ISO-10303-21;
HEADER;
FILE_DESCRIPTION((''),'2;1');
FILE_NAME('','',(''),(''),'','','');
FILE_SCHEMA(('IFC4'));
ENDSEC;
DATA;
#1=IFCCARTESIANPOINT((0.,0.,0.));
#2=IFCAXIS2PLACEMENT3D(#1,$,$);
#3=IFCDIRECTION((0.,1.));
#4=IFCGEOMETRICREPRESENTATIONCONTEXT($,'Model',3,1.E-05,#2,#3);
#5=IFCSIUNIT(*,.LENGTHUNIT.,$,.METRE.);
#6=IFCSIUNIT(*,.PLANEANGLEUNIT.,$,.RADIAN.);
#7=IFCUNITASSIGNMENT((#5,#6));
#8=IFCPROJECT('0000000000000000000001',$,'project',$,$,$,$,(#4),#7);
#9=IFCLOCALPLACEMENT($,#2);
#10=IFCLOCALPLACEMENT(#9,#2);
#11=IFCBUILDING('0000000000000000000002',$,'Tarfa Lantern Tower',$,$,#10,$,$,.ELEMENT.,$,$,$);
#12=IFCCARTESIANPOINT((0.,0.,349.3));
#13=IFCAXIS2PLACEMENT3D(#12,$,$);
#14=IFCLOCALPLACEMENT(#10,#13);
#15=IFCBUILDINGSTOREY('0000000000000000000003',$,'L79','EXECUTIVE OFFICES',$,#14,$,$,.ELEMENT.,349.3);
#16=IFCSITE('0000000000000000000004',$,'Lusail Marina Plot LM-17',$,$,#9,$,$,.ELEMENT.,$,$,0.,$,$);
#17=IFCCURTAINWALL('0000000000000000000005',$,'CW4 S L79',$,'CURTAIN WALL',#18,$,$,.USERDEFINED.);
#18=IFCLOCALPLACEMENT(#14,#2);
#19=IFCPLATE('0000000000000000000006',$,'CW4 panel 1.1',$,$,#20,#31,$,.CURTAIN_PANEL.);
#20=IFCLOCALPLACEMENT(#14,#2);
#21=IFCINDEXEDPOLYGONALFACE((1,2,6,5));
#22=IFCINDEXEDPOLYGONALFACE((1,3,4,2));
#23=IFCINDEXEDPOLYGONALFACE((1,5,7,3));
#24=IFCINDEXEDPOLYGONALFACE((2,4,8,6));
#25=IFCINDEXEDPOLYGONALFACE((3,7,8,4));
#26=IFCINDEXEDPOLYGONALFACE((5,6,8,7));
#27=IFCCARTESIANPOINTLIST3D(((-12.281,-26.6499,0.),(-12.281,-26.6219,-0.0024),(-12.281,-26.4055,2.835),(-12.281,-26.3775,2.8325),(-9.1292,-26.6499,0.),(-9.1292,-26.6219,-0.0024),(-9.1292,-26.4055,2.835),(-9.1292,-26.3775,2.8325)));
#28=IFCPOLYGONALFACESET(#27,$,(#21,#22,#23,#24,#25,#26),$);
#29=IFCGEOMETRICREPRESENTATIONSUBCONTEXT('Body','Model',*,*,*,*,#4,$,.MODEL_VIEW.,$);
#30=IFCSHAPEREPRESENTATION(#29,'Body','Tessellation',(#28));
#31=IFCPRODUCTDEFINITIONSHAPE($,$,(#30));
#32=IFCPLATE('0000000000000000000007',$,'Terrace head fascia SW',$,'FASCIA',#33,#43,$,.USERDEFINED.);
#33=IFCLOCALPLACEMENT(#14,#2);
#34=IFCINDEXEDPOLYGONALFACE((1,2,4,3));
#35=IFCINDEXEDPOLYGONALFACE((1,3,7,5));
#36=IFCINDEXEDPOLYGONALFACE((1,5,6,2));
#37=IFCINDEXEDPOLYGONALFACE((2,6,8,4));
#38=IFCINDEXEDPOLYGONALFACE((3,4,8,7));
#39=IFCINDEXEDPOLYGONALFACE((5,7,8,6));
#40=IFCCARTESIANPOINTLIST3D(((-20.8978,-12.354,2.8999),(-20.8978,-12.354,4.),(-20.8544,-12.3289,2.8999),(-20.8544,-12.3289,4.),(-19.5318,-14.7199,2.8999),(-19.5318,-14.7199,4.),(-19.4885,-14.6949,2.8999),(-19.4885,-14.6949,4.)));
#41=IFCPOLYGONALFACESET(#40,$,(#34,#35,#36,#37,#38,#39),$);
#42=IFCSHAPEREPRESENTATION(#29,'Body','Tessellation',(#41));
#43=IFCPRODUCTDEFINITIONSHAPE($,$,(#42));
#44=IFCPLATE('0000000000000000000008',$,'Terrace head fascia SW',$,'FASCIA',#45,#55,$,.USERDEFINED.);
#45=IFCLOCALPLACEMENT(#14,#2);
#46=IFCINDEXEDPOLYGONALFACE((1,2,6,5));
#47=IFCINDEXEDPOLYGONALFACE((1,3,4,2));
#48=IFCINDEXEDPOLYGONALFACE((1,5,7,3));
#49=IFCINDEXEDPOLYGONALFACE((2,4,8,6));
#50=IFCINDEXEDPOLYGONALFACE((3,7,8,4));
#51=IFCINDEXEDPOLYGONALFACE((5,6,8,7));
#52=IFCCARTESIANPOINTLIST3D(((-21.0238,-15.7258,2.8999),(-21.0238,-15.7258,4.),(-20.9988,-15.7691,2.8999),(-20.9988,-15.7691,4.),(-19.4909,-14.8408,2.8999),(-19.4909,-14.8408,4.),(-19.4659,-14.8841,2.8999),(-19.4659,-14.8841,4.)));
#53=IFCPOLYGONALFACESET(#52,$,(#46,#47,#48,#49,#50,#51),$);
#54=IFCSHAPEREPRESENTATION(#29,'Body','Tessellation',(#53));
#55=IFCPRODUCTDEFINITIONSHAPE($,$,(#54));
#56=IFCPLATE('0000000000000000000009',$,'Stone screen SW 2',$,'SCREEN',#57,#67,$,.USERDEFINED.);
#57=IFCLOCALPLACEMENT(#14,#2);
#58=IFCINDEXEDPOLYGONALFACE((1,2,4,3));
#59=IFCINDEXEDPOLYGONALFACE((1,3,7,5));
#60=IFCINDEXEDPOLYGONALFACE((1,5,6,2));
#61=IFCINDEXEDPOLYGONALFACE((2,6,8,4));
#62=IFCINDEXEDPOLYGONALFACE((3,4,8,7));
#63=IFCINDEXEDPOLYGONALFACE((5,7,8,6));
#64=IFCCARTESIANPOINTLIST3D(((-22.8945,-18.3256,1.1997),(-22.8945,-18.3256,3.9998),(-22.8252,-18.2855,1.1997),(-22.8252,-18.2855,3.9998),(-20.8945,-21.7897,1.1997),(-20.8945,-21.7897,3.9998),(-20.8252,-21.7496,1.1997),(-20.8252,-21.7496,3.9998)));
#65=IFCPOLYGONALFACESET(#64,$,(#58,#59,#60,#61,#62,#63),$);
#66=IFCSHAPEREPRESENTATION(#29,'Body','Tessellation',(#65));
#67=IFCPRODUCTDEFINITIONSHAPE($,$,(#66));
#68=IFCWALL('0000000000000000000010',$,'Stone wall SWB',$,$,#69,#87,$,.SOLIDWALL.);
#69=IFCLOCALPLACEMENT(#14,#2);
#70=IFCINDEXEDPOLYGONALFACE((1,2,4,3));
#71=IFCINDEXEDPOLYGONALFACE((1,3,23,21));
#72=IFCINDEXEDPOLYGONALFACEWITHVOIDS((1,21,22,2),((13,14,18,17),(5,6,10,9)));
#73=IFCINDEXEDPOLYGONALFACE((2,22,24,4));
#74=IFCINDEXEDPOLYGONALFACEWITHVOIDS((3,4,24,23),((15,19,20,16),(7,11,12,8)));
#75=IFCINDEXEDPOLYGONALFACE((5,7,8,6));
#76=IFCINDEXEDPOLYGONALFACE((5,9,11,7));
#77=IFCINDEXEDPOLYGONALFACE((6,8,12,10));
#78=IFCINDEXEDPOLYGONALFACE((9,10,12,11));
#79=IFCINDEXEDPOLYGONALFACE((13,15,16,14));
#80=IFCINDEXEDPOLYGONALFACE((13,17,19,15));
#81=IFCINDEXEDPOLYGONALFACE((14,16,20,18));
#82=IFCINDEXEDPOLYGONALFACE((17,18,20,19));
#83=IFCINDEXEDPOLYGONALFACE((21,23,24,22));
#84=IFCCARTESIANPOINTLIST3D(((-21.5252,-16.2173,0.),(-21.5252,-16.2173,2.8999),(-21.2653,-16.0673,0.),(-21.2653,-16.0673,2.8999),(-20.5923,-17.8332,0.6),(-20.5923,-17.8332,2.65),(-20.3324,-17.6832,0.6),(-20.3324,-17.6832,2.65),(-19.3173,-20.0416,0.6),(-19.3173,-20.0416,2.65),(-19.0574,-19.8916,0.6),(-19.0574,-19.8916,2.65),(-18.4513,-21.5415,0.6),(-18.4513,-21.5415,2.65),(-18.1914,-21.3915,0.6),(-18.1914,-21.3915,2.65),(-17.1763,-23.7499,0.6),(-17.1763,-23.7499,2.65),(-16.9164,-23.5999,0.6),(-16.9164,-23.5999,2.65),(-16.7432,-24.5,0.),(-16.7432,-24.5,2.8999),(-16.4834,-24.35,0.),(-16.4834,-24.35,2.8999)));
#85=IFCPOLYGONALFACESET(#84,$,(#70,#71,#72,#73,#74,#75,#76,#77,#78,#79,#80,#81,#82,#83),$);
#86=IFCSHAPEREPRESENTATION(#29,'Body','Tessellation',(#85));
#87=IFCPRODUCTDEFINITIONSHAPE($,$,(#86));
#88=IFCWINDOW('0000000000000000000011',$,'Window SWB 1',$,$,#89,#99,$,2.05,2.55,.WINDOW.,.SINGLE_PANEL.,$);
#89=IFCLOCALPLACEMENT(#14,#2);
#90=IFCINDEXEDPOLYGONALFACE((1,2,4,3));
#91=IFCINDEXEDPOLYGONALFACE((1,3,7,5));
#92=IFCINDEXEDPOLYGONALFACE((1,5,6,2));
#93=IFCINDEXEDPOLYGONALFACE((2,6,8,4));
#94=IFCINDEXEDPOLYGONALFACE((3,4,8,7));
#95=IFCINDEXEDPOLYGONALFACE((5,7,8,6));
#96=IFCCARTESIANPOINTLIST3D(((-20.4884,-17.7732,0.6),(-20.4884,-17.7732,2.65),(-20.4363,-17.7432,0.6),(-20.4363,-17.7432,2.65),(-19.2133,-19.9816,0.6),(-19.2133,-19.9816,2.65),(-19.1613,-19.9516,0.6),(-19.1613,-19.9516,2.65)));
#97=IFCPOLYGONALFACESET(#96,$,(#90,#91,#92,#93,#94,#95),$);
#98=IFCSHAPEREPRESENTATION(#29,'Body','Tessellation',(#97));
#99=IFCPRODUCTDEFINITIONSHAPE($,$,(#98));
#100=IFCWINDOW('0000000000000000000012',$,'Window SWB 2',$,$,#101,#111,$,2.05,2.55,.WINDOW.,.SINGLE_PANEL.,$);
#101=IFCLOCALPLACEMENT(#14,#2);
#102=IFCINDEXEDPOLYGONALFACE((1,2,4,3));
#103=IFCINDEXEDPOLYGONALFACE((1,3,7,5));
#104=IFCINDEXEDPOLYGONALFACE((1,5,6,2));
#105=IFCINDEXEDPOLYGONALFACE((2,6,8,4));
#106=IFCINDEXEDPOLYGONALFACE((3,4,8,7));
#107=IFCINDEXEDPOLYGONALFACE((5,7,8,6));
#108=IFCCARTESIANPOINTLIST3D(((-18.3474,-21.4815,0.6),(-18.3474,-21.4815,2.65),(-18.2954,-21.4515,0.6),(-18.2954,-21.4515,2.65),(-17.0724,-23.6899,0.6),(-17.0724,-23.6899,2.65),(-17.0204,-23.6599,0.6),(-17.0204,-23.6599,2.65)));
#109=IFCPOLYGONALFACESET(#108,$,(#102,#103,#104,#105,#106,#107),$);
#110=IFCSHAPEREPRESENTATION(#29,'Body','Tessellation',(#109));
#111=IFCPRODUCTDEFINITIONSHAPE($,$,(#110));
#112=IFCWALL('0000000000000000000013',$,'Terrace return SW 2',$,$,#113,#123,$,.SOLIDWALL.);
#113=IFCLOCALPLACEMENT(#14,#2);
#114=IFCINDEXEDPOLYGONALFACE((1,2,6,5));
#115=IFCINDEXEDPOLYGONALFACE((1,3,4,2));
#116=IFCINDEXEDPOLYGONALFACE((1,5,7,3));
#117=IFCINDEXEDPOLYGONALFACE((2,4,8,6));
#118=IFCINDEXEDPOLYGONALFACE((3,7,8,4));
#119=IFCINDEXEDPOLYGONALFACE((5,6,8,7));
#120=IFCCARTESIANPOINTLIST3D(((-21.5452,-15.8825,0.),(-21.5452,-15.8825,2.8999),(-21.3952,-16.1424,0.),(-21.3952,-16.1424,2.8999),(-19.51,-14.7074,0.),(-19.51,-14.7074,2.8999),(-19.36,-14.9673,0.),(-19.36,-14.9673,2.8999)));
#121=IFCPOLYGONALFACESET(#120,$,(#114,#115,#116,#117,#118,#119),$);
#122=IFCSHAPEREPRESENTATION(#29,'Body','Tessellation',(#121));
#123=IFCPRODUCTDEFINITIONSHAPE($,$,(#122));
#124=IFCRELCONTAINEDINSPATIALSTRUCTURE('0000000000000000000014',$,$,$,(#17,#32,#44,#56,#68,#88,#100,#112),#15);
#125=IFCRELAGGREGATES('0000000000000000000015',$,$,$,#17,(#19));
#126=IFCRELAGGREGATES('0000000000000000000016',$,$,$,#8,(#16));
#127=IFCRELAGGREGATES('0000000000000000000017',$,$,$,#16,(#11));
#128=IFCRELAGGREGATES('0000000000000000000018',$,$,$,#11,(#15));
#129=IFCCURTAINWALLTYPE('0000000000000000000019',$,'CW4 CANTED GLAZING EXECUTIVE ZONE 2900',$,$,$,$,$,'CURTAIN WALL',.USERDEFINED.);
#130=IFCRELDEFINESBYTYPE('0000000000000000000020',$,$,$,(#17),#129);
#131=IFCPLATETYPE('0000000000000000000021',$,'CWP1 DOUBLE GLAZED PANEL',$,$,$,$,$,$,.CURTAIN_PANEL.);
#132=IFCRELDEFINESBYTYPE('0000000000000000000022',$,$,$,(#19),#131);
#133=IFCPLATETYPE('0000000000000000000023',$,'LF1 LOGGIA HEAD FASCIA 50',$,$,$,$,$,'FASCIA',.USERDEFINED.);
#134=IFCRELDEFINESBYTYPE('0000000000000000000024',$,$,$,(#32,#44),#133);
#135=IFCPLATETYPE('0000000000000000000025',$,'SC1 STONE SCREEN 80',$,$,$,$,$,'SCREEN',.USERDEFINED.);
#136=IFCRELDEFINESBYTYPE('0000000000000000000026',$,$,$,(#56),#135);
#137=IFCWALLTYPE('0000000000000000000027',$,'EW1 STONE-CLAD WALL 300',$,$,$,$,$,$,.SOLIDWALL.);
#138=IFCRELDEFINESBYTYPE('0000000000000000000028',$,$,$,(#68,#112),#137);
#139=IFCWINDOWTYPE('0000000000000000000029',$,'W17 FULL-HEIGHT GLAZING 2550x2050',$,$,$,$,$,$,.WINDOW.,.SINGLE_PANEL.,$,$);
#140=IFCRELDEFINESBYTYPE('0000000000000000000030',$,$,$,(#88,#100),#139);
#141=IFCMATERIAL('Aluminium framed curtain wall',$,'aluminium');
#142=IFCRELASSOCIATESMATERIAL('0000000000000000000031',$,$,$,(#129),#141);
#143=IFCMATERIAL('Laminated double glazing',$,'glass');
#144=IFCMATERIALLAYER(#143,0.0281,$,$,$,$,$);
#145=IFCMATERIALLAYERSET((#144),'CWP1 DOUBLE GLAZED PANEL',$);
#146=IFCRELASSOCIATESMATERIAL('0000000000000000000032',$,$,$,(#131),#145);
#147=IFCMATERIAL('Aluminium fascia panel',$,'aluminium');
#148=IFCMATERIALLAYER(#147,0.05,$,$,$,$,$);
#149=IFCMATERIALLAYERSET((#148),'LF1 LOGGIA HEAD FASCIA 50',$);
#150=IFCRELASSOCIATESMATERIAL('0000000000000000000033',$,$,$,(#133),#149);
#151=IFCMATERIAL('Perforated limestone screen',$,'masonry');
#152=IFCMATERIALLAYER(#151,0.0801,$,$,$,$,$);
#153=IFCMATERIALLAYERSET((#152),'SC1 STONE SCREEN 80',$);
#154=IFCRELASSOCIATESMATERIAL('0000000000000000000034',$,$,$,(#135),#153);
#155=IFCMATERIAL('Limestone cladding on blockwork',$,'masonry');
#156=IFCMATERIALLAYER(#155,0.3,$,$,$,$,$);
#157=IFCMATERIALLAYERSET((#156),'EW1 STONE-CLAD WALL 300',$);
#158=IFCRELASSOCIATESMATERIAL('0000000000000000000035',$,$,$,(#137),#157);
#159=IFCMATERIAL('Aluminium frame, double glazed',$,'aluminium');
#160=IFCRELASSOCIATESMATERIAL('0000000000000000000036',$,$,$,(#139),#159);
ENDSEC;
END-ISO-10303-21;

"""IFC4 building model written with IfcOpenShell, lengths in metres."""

from ifc_helpers import new_model, si_unit, direction, frame, frame_2d, origin, origin_2d, place, context, subcontext, project, spatial, polyline, rectangle, outline, extrude, material, layer, layer_set, type_object, element, fill, aggregate, save


model = new_model("IFC4")

# Units and contexts
model_context = context("Model", 3, precision=1e-05, world=origin(), true_north=direction((0.0, 1.0)))
body_context = subcontext(model_context, "Body", "Model", "MODEL_VIEW")
ifc_project = project(units=[si_unit("LENGTHUNIT", "METRE"), si_unit("PLANEANGLEUNIT", "RADIAN")], contexts=[model_context])

# Site, building, storey
site_placement = place(None, origin())
site = spatial("IfcSite", under=ifc_project, at=site_placement, Name="Lusail Marina Plot LM-17", CompositionType="ELEMENT", RefElevation=0.0)
building_placement = place(site_placement, origin())
building = spatial("IfcBuilding", under=site, at=building_placement, Name="Tarfa Lantern Tower", CompositionType="ELEMENT")
storey_placement = place(building_placement, frame((0.0, 0.0, 349.3)))
storey = spatial("IfcBuildingStorey", under=building, at=storey_placement, Name="L79", Description="EXECUTIVE OFFICES", CompositionType="ELEMENT", Elevation=349.3)

# Curtain wall
ifc_material_1 = material(Name="Aluminium framed curtain wall", Category="aluminium")
curtain_wall_type = type_object("IfcCurtainWallType", Name="CW4 CANTED GLAZING EXECUTIVE ZONE 2900", ElementType="CURTAIN WALL", PredefinedType="USERDEFINED", material=ifc_material_1)
curtain_wall_placement = place(storey_placement, origin())
curtain_wall = element("IfcCurtainWall", 1, at=curtain_wall_placement, inside=storey, type_object=curtain_wall_type, Name="CW4 S L79", ObjectType="CURTAIN WALL", PredefinedType="USERDEFINED")

# Plate
ifc_material_2 = material(Name="Laminated double glazing", Category="glass")
ifc_layer_1 = layer(ifc_material_2, 0.0281)
ifc_layer_set_1 = layer_set([ifc_layer_1], Name="CWP1 DOUBLE GLAZED PANEL")
plate_type_1 = type_object("IfcPlateType", Name="CWP1 DOUBLE GLAZED PANEL", PredefinedType="CURTAIN_PANEL", material=ifc_layer_set_1)
plate_1_placement = place(storey_placement, frame((-12.281, -26.6499, 0.0), z_axis=(0.0, -0.996305, 0.085885), x_axis=(1.0, 0.0, 0.0)))
plate_1 = element("IfcPlate", 2, at=plate_1_placement, type_object=plate_type_1, Name="CW4 panel 1.1", PredefinedType="CURTAIN_PANEL", context=body_context, shape_type="SweptSolid", body=[
    extrude(outline(polyline([(0.0, 0.0), (3.1519, 0.0), (3.1519, 2.8455), (0.0, 2.8455), (0.0, 0.0)])), origin(), (0.0, 0.0, -1.0), 0.0281),
])
aggregate(curtain_wall, [plate_1])

# Plates
ifc_material_3 = material(Name="Aluminium fascia panel", Category="aluminium")
ifc_layer_2 = layer(ifc_material_3, 0.05)
ifc_layer_set_2 = layer_set([ifc_layer_2], Name="LF1 LOGGIA HEAD FASCIA 50")
plate_type_2 = type_object("IfcPlateType", Name="LF1 LOGGIA HEAD FASCIA 50", ElementType="FASCIA", PredefinedType="USERDEFINED", material=ifc_layer_set_2)
plate_2_placement = place(storey_placement, frame((-20.1931, -13.5244, 2.8999), z_axis=(0.0, 0.0, 1.0), x_axis=(0.5, -0.866025, 0.0)))
element("IfcPlate", 3, at=plate_2_placement, inside=storey, type_object=plate_type_2, Name="Terrace head fascia SW", ObjectType="FASCIA", PredefinedType="USERDEFINED", context=body_context, shape_type="SweptSolid", body=[
    extrude(rectangle(XDim=2.7319, YDim=0.05, at=origin_2d()), origin(), (0.0, 0.0, 1.0), 1.1001),
])
plate_3_placement = place(storey_placement, frame((-20.2449, -15.3049, 2.8999), z_axis=(0.0, 0.0, 1.0), x_axis=(0.866025, 0.5, 0.0)))
element("IfcPlate", 4, at=plate_3_placement, inside=storey, type_object=plate_type_2, Name="Terrace head fascia SW", ObjectType="FASCIA", PredefinedType="USERDEFINED", context=body_context, shape_type="SweptSolid", body=[
    extrude(rectangle(XDim=1.77, YDim=0.05, at=origin_2d()), origin(), (0.0, 0.0, 1.0), 1.1001),
])
ifc_material_4 = material(Name="Perforated limestone screen", Category="masonry")
ifc_layer_3 = layer(ifc_material_4, 0.0801)
ifc_layer_set_3 = layer_set([ifc_layer_3], Name="SC1 STONE SCREEN 80")
plate_type_3 = type_object("IfcPlateType", Name="SC1 STONE SCREEN 80", ElementType="SCREEN", PredefinedType="USERDEFINED", material=ifc_layer_set_3)
plate_4_placement = place(storey_placement, frame((-21.8599, -20.0376, 1.1997), z_axis=(0.0, 0.0, 1.0), x_axis=(0.5, -0.866025, 0.0)))
element("IfcPlate", 5, at=plate_4_placement, inside=storey, type_object=plate_type_3, Name="Stone screen SW 2", ObjectType="SCREEN", PredefinedType="USERDEFINED", context=body_context, shape_type="SweptSolid", body=[
    extrude(rectangle(XDim=4.0, YDim=0.0801, at=origin_2d()), origin(), (0.0, 0.0, 1.0), 2.8),
])

# Wall, openings, windows
ifc_material_5 = material(Name="Limestone cladding on blockwork", Category="masonry")
ifc_layer_4 = layer(ifc_material_5, 0.3)
ifc_layer_set_4 = layer_set([ifc_layer_4], Name="EW1 STONE-CLAD WALL 300")
wall_type = type_object("IfcWallType", Name="EW1 STONE-CLAD WALL 300", PredefinedType="SOLIDWALL", material=ifc_layer_set_4)
wall_1_placement = place(storey_placement, frame((-21.3953, -16.1423, 0.0), z_axis=(0.0, 0.0, 1.0), x_axis=(0.499996, -0.866027, 0.0)))
wall_1 = element("IfcWall", 6, at=wall_1_placement, inside=storey, type_object=wall_type, Name="Stone wall SWB", PredefinedType="SOLIDWALL", context=body_context, shape_type="SweptSolid", body=[
    extrude(rectangle(XDim=9.564, YDim=0.3, at=frame_2d((4.782, 0.0))), origin(), (0.0, 0.0, 1.0), 2.8999),
])
opening_1_placement = place(wall_1_placement, frame((1.866, 0.0, 0.6001)))
opening_1 = element("IfcOpeningElement", 7, at=opening_1_placement, cuts=wall_1, PredefinedType="OPENING", context=body_context, shape_type="SweptSolid", body=[
    extrude(rectangle(XDim=2.55, YDim=2.05, at=frame_2d((1.2749, 1.0249))), frame((0.0, 0.1599, 0.0), z_axis=(0.0, -1.0, 0.0), x_axis=(1.0, 0.0, 0.0)), (0.0, 0.0, 1.0), 0.3201),
])
opening_2_placement = place(wall_1_placement, frame((6.1479, 0.0, 0.6001)))
opening_2 = element("IfcOpeningElement", 8, at=opening_2_placement, cuts=wall_1, PredefinedType="OPENING", context=body_context, shape_type="SweptSolid", body=[
    extrude(rectangle(XDim=2.55, YDim=2.05, at=frame_2d((1.2749, 1.0249))), frame((0.0, 0.1599, 0.0), z_axis=(0.0, -1.0, 0.0), x_axis=(1.0, 0.0, 0.0)), (0.0, 0.0, 1.0), 0.3201),
])
ifc_material_6 = material(Name="Aluminium frame, double glazed", Category="aluminium")
window_type = type_object("IfcWindowType", Name="W17 FULL-HEIGHT GLAZING 2550x2050", PartitioningType="SINGLE_PANEL", PredefinedType="WINDOW", material=ifc_material_6)
window_1_placement = place(opening_1_placement, origin())
window_1 = element("IfcWindow", 9, at=window_1_placement, inside=storey, type_object=window_type, Name="Window SWB 1", OverallHeight=2.05, OverallWidth=2.55, PartitioningType="SINGLE_PANEL", PredefinedType="WINDOW", context=body_context, shape_type="SweptSolid", body=[
    extrude(rectangle(XDim=2.55, YDim=2.05, at=frame_2d((1.2749, 1.0249))), frame((0.0, 0.03, 0.0), z_axis=(0.0, -1.0, 0.0), x_axis=(1.0, 0.0, 0.0)), (0.0, 0.0, 1.0), 0.0601),
])
fill(opening_1, window_1)
window_2_placement = place(opening_2_placement, origin())
window_2 = element("IfcWindow", 10, at=window_2_placement, inside=storey, type_object=window_type, Name="Window SWB 2", OverallHeight=2.05, OverallWidth=2.55, PartitioningType="SINGLE_PANEL", PredefinedType="WINDOW", context=body_context, shape_type="SweptSolid", body=[
    extrude(rectangle(XDim=2.55, YDim=2.05, at=frame_2d((1.2749, 1.0249))), frame((0.0, 0.03, 0.0), z_axis=(0.0, -1.0, 0.0), x_axis=(1.0, 0.0, 0.0)), (0.0, 0.0, 1.0), 0.0601),
])
fill(opening_2, window_2)

# Wall
wall_2_placement = place(storey_placement, frame((-21.4702, -16.0125, 0.0), z_axis=(0.0, 0.0, 1.0), x_axis=(0.866016, 0.500016, 0.0)))
element("IfcWall", 11, at=wall_2_placement, inside=storey, type_object=wall_type, Name="Terrace return SW 2", PredefinedType="SOLIDWALL", context=body_context, shape_type="SweptSolid", body=[
    extrude(rectangle(XDim=2.3501, YDim=0.3, at=frame_2d((1.175, 0.0))), origin(), (0.0, 0.0, 1.0), 2.8999),
])

save(model, "model.ifc")
